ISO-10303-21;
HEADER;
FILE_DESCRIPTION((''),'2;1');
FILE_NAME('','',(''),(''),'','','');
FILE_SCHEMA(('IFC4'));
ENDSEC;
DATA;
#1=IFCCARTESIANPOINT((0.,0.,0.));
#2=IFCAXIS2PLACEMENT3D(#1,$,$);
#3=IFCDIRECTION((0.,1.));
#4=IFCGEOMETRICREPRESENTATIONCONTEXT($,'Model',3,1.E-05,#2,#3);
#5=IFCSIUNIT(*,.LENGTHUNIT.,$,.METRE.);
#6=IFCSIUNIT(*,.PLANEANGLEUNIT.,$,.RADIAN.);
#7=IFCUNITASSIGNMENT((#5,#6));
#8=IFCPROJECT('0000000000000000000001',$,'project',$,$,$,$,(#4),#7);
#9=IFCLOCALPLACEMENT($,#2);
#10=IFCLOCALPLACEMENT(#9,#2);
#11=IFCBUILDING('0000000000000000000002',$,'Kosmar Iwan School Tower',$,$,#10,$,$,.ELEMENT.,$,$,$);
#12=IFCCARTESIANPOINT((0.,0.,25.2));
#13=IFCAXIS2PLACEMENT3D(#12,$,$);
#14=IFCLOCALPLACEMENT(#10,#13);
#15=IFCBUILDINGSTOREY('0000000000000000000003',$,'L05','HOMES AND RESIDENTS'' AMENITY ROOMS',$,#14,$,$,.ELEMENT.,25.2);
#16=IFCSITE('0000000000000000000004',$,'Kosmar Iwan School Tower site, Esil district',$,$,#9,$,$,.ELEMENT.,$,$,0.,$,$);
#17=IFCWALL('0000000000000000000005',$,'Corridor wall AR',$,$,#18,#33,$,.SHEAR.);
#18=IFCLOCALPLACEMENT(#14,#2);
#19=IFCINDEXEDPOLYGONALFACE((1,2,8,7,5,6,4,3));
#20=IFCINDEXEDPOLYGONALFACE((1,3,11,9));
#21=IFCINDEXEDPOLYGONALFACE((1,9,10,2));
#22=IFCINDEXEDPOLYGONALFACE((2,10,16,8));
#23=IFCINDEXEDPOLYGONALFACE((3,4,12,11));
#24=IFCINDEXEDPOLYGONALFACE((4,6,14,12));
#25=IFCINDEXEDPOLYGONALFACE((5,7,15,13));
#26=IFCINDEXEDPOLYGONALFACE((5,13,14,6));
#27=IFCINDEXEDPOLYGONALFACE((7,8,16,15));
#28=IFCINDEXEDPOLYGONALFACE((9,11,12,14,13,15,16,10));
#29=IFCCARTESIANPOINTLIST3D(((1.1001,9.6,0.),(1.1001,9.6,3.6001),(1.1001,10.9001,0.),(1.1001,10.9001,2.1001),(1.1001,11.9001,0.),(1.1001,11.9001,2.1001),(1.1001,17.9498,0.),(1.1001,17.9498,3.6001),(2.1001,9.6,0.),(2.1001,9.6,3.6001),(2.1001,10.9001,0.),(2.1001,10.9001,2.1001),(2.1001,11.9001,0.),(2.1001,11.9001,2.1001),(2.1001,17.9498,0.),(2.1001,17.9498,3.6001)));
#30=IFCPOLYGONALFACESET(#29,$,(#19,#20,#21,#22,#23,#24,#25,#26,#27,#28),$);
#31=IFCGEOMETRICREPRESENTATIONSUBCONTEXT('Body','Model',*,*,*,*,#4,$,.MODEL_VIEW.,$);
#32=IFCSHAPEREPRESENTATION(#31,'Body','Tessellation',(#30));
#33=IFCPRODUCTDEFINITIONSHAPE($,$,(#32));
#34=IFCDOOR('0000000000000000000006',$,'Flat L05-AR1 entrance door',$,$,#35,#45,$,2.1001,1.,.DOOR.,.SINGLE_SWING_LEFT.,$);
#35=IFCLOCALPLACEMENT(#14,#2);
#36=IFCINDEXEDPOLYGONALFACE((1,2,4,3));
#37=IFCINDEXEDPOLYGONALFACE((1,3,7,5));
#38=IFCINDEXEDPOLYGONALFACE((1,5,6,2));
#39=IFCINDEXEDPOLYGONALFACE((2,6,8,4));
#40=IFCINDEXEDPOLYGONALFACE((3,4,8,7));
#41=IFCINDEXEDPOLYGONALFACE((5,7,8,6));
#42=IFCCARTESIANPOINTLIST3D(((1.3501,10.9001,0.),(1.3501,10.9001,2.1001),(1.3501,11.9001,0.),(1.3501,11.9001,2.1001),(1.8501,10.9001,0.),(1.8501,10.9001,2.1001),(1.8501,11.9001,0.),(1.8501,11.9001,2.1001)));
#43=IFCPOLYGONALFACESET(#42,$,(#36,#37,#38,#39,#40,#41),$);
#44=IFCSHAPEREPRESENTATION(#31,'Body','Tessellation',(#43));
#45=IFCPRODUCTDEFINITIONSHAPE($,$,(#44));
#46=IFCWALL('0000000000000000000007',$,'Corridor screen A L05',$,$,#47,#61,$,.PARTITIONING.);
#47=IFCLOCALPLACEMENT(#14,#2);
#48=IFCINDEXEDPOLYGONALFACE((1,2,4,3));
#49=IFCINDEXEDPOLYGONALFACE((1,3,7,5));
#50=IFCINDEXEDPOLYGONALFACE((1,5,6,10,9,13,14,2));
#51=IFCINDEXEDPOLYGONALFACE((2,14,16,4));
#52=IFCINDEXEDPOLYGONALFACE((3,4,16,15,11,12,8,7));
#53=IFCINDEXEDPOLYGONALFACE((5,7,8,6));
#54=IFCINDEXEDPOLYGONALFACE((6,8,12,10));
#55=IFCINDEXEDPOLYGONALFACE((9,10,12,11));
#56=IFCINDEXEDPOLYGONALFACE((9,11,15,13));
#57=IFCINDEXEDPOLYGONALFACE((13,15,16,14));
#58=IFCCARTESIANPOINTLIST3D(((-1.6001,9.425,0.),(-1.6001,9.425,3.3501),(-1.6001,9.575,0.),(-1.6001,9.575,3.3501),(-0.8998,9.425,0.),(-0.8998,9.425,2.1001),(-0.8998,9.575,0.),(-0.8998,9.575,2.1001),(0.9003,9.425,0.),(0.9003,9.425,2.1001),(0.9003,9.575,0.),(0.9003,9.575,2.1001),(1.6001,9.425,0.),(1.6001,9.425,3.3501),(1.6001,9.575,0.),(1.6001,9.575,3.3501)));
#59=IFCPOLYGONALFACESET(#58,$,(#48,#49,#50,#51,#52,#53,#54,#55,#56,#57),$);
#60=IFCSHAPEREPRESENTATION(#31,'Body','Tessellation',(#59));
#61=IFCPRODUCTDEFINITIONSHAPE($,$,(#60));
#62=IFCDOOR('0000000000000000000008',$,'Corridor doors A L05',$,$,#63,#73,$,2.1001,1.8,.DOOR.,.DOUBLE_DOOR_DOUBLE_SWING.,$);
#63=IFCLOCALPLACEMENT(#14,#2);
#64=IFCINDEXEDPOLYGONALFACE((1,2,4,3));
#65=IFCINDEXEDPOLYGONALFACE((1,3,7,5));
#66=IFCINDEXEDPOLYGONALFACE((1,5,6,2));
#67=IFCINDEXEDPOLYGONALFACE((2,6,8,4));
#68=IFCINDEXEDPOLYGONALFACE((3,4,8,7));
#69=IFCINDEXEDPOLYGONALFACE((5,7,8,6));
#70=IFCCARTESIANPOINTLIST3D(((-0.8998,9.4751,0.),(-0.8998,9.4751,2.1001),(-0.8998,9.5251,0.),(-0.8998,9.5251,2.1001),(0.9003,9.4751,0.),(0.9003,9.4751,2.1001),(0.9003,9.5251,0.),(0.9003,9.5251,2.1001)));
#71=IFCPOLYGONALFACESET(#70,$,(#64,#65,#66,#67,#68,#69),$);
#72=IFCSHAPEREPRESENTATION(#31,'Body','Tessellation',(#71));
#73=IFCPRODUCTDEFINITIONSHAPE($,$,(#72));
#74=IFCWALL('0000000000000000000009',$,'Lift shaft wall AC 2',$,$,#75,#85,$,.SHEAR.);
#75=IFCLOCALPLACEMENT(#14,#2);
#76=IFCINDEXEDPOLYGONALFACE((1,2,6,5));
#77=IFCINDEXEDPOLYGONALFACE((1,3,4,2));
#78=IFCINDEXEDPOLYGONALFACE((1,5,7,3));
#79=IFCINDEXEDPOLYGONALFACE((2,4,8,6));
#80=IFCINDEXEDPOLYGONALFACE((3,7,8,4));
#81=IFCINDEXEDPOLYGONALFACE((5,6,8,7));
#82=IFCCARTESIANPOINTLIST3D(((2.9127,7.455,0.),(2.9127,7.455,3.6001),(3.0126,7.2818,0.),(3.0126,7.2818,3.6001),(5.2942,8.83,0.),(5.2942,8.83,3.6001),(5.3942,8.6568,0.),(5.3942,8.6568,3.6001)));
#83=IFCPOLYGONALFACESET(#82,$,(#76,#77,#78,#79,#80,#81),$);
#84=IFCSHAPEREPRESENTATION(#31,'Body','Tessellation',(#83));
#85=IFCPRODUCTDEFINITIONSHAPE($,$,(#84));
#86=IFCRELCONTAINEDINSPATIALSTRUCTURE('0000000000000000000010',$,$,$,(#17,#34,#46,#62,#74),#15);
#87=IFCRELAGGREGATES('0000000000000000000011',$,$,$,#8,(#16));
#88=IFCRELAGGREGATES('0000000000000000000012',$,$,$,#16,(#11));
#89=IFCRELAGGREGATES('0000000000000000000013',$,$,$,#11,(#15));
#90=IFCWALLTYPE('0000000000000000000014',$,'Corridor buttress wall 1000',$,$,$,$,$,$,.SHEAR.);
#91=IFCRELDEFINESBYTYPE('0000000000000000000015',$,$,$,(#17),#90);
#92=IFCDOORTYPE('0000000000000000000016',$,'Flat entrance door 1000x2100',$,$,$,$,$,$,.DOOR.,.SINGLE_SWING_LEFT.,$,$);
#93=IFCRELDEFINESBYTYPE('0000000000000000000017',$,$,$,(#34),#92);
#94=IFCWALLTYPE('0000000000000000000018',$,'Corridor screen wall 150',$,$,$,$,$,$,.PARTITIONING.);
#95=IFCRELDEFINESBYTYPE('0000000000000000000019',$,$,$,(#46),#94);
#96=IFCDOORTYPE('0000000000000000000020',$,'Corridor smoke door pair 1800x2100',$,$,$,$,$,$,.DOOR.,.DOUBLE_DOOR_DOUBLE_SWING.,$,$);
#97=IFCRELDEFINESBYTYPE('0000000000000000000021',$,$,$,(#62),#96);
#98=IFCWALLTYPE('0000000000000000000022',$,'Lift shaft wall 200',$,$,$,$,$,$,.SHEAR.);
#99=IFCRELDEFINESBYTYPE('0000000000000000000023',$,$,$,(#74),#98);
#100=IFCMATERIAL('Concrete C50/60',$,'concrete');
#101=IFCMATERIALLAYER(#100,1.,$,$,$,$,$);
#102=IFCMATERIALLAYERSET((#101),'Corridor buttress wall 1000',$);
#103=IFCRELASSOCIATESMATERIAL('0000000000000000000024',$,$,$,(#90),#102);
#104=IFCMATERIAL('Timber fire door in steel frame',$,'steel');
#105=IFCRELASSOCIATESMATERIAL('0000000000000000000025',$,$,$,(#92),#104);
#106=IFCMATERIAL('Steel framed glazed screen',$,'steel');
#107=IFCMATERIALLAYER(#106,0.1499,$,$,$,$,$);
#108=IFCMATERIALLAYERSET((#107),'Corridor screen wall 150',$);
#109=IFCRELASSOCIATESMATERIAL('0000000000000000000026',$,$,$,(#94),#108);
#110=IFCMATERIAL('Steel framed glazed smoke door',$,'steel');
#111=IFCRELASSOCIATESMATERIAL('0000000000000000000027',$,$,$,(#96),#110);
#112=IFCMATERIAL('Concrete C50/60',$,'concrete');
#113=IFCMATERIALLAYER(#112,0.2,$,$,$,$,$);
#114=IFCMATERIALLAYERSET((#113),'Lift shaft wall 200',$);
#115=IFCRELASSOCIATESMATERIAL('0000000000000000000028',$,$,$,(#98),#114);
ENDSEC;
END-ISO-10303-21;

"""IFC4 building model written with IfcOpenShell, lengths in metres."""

from ifc_helpers import new_model, si_unit, direction, frame, frame_2d, origin, place, context, subcontext, project, spatial, rectangle, extrude, material, layer, layer_set, type_object, element, fill, save


model = new_model("IFC4")

# Units and contexts
model_context = context("Model", 3, precision=1e-05, world=origin(), true_north=direction((0.0, 1.0)))
body_context = subcontext(model_context, "Body", "Model", "MODEL_VIEW")
ifc_project = project(units=[si_unit("LENGTHUNIT", "METRE"), si_unit("PLANEANGLEUNIT", "RADIAN")], contexts=[model_context])

# Site, building, storey
site_placement = place(None, origin())
site = spatial("IfcSite", under=ifc_project, at=site_placement, Name="Kosmar Iwan School Tower site, Esil district", CompositionType="ELEMENT", RefElevation=0.0)
building_placement = place(site_placement, origin())
building = spatial("IfcBuilding", under=site, at=building_placement, Name="Kosmar Iwan School Tower", CompositionType="ELEMENT")
storey_placement = place(building_placement, frame((0.0, 0.0, 25.2)))
storey = spatial("IfcBuildingStorey", under=building, at=storey_placement, Name="L05", Description="HOMES AND RESIDENTS' AMENITY ROOMS", CompositionType="ELEMENT", Elevation=25.2)

# Walls, openings, doors
ifc_material_1 = material(Name="Concrete C50/60", Category="concrete")
ifc_layer_1 = layer(ifc_material_1, 1.0)
ifc_layer_set_1 = layer_set([ifc_layer_1], Name="Corridor buttress wall 1000")
wall_type_1 = type_object("IfcWallType", Name="Corridor buttress wall 1000", PredefinedType="SHEAR", material=ifc_layer_set_1)
wall_1_placement = place(storey_placement, frame((1.6001, 9.6001, 0.0), z_axis=(0.0, 0.0, 1.0), x_axis=(0.0, 1.0, 0.0)))
wall_1 = element("IfcWall", 1, at=wall_1_placement, inside=storey, type_object=wall_type_1, Name="Corridor wall AR", PredefinedType="SHEAR", context=body_context, shape_type="SweptSolid", body=[
    extrude(rectangle(XDim=8.3499, YDim=1.0, at=frame_2d((4.1748, 0.0))), origin(), (0.0, 0.0, 1.0), 3.6001),
])
opening_1_placement = place(wall_1_placement, frame((1.3, 0.0, 0.0)))
opening_1 = element("IfcOpeningElement", 2, at=opening_1_placement, cuts=wall_1, PredefinedType="OPENING", context=body_context, shape_type="SweptSolid", body=[
    extrude(rectangle(XDim=1.0, YDim=2.1001, at=frame_2d((0.5, 1.05))), frame((0.0, 0.512, 0.0), z_axis=(0.0, -1.0, 0.0), x_axis=(1.0, 0.0, 0.0)), (0.0, 0.0, 1.0), 1.0239),
])
ifc_material_2 = material(Name="Timber fire door in steel frame", Category="steel")
door_type_1 = type_object("IfcDoorType", Name="Flat entrance door 1000x2100", OperationType="SINGLE_SWING_LEFT", PredefinedType="DOOR", material=ifc_material_2)
door_1_placement = place(opening_1_placement, origin())
door_1 = element("IfcDoor", 3, at=door_1_placement, inside=storey, type_object=door_type_1, Name="Flat L05-AR1 entrance door", OperationType="SINGLE_SWING_LEFT", OverallHeight=2.1001, OverallWidth=1.0, PredefinedType="DOOR", context=body_context, shape_type="SweptSolid", body=[
    extrude(rectangle(XDim=1.0, YDim=2.1001, at=frame_2d((0.5, 1.05))), frame((0.0, 0.25, 0.0), z_axis=(0.0, -1.0, 0.0), x_axis=(1.0, 0.0, 0.0)), (0.0, 0.0, 1.0), 0.5),
])
fill(opening_1, door_1)
ifc_material_3 = material(Name="Steel framed glazed screen", Category="steel")
ifc_layer_2 = layer(ifc_material_3, 0.1499)
ifc_layer_set_2 = layer_set([ifc_layer_2], Name="Corridor screen wall 150")
wall_type_2 = type_object("IfcWallType", Name="Corridor screen wall 150", PredefinedType="PARTITIONING", material=ifc_layer_set_2)
wall_2_placement = place(storey_placement, frame((1.6001, 9.5, 0.0), z_axis=(0.0, 0.0, 1.0), x_axis=(-1.0, 0.0, 0.0)))
wall_2 = element("IfcWall", 4, at=wall_2_placement, inside=storey, type_object=wall_type_2, Name="Corridor screen A L05", PredefinedType="PARTITIONING", context=body_context, shape_type="SweptSolid", body=[
    extrude(rectangle(XDim=3.2002, YDim=0.1499, at=frame_2d((1.6001, 0.0))), origin(), (0.0, 0.0, 1.0), 3.3501),
])
opening_2_placement = place(wall_2_placement, frame((0.7, 0.0, 0.0)))
opening_2 = element("IfcOpeningElement", 5, at=opening_2_placement, cuts=wall_2, PredefinedType="OPENING", context=body_context, shape_type="SweptSolid", body=[
    extrude(rectangle(XDim=1.8, YDim=2.1001, at=frame_2d((0.8999, 1.05))), frame((0.0, 0.0869, 0.0), z_axis=(0.0, -1.0, 0.0), x_axis=(1.0, 0.0, 0.0)), (0.0, 0.0, 1.0), 0.1738),
])
ifc_material_4 = material(Name="Steel framed glazed smoke door", Category="steel")
door_type_2 = type_object("IfcDoorType", Name="Corridor smoke door pair 1800x2100", OperationType="DOUBLE_DOOR_DOUBLE_SWING", PredefinedType="DOOR", material=ifc_material_4)
door_2_placement = place(opening_2_placement, origin())
door_2 = element("IfcDoor", 6, at=door_2_placement, inside=storey, type_object=door_type_2, Name="Corridor doors A L05", OperationType="DOUBLE_DOOR_DOUBLE_SWING", OverallHeight=2.1001, OverallWidth=1.8, PredefinedType="DOOR", context=body_context, shape_type="SweptSolid", body=[
    extrude(rectangle(XDim=1.8, YDim=2.1001, at=frame_2d((0.8999, 1.05))), frame((0.0, 0.0249, 0.0), z_axis=(0.0, -1.0, 0.0), x_axis=(1.0, 0.0, 0.0)), (0.0, 0.0, 1.0), 0.05),
])
fill(opening_2, door_2)

# Wall
ifc_material_5 = material(Name="Concrete C50/60", Category="concrete")
ifc_layer_3 = layer(ifc_material_5, 0.2)
ifc_layer_set_3 = layer_set([ifc_layer_3], Name="Lift shaft wall 200")
wall_type_3 = type_object("IfcWallType", Name="Lift shaft wall 200", PredefinedType="SHEAR", material=ifc_layer_set_3)
wall_3_placement = place(storey_placement, frame((2.9626, 7.3684, 0.0), z_axis=(0.0, 0.0, 1.0), x_axis=(0.866027, 0.499997, 0.0)))
element("IfcWall", 7, at=wall_3_placement, inside=storey, type_object=wall_type_3, Name="Lift shaft wall AC 2", PredefinedType="SHEAR", context=body_context, shape_type="SweptSolid", body=[
    extrude(rectangle(XDim=2.75, YDim=0.2, at=frame_2d((1.375, 0.0))), origin(), (0.0, 0.0, 1.0), 3.6001),
])

save(model, "model.ifc")
